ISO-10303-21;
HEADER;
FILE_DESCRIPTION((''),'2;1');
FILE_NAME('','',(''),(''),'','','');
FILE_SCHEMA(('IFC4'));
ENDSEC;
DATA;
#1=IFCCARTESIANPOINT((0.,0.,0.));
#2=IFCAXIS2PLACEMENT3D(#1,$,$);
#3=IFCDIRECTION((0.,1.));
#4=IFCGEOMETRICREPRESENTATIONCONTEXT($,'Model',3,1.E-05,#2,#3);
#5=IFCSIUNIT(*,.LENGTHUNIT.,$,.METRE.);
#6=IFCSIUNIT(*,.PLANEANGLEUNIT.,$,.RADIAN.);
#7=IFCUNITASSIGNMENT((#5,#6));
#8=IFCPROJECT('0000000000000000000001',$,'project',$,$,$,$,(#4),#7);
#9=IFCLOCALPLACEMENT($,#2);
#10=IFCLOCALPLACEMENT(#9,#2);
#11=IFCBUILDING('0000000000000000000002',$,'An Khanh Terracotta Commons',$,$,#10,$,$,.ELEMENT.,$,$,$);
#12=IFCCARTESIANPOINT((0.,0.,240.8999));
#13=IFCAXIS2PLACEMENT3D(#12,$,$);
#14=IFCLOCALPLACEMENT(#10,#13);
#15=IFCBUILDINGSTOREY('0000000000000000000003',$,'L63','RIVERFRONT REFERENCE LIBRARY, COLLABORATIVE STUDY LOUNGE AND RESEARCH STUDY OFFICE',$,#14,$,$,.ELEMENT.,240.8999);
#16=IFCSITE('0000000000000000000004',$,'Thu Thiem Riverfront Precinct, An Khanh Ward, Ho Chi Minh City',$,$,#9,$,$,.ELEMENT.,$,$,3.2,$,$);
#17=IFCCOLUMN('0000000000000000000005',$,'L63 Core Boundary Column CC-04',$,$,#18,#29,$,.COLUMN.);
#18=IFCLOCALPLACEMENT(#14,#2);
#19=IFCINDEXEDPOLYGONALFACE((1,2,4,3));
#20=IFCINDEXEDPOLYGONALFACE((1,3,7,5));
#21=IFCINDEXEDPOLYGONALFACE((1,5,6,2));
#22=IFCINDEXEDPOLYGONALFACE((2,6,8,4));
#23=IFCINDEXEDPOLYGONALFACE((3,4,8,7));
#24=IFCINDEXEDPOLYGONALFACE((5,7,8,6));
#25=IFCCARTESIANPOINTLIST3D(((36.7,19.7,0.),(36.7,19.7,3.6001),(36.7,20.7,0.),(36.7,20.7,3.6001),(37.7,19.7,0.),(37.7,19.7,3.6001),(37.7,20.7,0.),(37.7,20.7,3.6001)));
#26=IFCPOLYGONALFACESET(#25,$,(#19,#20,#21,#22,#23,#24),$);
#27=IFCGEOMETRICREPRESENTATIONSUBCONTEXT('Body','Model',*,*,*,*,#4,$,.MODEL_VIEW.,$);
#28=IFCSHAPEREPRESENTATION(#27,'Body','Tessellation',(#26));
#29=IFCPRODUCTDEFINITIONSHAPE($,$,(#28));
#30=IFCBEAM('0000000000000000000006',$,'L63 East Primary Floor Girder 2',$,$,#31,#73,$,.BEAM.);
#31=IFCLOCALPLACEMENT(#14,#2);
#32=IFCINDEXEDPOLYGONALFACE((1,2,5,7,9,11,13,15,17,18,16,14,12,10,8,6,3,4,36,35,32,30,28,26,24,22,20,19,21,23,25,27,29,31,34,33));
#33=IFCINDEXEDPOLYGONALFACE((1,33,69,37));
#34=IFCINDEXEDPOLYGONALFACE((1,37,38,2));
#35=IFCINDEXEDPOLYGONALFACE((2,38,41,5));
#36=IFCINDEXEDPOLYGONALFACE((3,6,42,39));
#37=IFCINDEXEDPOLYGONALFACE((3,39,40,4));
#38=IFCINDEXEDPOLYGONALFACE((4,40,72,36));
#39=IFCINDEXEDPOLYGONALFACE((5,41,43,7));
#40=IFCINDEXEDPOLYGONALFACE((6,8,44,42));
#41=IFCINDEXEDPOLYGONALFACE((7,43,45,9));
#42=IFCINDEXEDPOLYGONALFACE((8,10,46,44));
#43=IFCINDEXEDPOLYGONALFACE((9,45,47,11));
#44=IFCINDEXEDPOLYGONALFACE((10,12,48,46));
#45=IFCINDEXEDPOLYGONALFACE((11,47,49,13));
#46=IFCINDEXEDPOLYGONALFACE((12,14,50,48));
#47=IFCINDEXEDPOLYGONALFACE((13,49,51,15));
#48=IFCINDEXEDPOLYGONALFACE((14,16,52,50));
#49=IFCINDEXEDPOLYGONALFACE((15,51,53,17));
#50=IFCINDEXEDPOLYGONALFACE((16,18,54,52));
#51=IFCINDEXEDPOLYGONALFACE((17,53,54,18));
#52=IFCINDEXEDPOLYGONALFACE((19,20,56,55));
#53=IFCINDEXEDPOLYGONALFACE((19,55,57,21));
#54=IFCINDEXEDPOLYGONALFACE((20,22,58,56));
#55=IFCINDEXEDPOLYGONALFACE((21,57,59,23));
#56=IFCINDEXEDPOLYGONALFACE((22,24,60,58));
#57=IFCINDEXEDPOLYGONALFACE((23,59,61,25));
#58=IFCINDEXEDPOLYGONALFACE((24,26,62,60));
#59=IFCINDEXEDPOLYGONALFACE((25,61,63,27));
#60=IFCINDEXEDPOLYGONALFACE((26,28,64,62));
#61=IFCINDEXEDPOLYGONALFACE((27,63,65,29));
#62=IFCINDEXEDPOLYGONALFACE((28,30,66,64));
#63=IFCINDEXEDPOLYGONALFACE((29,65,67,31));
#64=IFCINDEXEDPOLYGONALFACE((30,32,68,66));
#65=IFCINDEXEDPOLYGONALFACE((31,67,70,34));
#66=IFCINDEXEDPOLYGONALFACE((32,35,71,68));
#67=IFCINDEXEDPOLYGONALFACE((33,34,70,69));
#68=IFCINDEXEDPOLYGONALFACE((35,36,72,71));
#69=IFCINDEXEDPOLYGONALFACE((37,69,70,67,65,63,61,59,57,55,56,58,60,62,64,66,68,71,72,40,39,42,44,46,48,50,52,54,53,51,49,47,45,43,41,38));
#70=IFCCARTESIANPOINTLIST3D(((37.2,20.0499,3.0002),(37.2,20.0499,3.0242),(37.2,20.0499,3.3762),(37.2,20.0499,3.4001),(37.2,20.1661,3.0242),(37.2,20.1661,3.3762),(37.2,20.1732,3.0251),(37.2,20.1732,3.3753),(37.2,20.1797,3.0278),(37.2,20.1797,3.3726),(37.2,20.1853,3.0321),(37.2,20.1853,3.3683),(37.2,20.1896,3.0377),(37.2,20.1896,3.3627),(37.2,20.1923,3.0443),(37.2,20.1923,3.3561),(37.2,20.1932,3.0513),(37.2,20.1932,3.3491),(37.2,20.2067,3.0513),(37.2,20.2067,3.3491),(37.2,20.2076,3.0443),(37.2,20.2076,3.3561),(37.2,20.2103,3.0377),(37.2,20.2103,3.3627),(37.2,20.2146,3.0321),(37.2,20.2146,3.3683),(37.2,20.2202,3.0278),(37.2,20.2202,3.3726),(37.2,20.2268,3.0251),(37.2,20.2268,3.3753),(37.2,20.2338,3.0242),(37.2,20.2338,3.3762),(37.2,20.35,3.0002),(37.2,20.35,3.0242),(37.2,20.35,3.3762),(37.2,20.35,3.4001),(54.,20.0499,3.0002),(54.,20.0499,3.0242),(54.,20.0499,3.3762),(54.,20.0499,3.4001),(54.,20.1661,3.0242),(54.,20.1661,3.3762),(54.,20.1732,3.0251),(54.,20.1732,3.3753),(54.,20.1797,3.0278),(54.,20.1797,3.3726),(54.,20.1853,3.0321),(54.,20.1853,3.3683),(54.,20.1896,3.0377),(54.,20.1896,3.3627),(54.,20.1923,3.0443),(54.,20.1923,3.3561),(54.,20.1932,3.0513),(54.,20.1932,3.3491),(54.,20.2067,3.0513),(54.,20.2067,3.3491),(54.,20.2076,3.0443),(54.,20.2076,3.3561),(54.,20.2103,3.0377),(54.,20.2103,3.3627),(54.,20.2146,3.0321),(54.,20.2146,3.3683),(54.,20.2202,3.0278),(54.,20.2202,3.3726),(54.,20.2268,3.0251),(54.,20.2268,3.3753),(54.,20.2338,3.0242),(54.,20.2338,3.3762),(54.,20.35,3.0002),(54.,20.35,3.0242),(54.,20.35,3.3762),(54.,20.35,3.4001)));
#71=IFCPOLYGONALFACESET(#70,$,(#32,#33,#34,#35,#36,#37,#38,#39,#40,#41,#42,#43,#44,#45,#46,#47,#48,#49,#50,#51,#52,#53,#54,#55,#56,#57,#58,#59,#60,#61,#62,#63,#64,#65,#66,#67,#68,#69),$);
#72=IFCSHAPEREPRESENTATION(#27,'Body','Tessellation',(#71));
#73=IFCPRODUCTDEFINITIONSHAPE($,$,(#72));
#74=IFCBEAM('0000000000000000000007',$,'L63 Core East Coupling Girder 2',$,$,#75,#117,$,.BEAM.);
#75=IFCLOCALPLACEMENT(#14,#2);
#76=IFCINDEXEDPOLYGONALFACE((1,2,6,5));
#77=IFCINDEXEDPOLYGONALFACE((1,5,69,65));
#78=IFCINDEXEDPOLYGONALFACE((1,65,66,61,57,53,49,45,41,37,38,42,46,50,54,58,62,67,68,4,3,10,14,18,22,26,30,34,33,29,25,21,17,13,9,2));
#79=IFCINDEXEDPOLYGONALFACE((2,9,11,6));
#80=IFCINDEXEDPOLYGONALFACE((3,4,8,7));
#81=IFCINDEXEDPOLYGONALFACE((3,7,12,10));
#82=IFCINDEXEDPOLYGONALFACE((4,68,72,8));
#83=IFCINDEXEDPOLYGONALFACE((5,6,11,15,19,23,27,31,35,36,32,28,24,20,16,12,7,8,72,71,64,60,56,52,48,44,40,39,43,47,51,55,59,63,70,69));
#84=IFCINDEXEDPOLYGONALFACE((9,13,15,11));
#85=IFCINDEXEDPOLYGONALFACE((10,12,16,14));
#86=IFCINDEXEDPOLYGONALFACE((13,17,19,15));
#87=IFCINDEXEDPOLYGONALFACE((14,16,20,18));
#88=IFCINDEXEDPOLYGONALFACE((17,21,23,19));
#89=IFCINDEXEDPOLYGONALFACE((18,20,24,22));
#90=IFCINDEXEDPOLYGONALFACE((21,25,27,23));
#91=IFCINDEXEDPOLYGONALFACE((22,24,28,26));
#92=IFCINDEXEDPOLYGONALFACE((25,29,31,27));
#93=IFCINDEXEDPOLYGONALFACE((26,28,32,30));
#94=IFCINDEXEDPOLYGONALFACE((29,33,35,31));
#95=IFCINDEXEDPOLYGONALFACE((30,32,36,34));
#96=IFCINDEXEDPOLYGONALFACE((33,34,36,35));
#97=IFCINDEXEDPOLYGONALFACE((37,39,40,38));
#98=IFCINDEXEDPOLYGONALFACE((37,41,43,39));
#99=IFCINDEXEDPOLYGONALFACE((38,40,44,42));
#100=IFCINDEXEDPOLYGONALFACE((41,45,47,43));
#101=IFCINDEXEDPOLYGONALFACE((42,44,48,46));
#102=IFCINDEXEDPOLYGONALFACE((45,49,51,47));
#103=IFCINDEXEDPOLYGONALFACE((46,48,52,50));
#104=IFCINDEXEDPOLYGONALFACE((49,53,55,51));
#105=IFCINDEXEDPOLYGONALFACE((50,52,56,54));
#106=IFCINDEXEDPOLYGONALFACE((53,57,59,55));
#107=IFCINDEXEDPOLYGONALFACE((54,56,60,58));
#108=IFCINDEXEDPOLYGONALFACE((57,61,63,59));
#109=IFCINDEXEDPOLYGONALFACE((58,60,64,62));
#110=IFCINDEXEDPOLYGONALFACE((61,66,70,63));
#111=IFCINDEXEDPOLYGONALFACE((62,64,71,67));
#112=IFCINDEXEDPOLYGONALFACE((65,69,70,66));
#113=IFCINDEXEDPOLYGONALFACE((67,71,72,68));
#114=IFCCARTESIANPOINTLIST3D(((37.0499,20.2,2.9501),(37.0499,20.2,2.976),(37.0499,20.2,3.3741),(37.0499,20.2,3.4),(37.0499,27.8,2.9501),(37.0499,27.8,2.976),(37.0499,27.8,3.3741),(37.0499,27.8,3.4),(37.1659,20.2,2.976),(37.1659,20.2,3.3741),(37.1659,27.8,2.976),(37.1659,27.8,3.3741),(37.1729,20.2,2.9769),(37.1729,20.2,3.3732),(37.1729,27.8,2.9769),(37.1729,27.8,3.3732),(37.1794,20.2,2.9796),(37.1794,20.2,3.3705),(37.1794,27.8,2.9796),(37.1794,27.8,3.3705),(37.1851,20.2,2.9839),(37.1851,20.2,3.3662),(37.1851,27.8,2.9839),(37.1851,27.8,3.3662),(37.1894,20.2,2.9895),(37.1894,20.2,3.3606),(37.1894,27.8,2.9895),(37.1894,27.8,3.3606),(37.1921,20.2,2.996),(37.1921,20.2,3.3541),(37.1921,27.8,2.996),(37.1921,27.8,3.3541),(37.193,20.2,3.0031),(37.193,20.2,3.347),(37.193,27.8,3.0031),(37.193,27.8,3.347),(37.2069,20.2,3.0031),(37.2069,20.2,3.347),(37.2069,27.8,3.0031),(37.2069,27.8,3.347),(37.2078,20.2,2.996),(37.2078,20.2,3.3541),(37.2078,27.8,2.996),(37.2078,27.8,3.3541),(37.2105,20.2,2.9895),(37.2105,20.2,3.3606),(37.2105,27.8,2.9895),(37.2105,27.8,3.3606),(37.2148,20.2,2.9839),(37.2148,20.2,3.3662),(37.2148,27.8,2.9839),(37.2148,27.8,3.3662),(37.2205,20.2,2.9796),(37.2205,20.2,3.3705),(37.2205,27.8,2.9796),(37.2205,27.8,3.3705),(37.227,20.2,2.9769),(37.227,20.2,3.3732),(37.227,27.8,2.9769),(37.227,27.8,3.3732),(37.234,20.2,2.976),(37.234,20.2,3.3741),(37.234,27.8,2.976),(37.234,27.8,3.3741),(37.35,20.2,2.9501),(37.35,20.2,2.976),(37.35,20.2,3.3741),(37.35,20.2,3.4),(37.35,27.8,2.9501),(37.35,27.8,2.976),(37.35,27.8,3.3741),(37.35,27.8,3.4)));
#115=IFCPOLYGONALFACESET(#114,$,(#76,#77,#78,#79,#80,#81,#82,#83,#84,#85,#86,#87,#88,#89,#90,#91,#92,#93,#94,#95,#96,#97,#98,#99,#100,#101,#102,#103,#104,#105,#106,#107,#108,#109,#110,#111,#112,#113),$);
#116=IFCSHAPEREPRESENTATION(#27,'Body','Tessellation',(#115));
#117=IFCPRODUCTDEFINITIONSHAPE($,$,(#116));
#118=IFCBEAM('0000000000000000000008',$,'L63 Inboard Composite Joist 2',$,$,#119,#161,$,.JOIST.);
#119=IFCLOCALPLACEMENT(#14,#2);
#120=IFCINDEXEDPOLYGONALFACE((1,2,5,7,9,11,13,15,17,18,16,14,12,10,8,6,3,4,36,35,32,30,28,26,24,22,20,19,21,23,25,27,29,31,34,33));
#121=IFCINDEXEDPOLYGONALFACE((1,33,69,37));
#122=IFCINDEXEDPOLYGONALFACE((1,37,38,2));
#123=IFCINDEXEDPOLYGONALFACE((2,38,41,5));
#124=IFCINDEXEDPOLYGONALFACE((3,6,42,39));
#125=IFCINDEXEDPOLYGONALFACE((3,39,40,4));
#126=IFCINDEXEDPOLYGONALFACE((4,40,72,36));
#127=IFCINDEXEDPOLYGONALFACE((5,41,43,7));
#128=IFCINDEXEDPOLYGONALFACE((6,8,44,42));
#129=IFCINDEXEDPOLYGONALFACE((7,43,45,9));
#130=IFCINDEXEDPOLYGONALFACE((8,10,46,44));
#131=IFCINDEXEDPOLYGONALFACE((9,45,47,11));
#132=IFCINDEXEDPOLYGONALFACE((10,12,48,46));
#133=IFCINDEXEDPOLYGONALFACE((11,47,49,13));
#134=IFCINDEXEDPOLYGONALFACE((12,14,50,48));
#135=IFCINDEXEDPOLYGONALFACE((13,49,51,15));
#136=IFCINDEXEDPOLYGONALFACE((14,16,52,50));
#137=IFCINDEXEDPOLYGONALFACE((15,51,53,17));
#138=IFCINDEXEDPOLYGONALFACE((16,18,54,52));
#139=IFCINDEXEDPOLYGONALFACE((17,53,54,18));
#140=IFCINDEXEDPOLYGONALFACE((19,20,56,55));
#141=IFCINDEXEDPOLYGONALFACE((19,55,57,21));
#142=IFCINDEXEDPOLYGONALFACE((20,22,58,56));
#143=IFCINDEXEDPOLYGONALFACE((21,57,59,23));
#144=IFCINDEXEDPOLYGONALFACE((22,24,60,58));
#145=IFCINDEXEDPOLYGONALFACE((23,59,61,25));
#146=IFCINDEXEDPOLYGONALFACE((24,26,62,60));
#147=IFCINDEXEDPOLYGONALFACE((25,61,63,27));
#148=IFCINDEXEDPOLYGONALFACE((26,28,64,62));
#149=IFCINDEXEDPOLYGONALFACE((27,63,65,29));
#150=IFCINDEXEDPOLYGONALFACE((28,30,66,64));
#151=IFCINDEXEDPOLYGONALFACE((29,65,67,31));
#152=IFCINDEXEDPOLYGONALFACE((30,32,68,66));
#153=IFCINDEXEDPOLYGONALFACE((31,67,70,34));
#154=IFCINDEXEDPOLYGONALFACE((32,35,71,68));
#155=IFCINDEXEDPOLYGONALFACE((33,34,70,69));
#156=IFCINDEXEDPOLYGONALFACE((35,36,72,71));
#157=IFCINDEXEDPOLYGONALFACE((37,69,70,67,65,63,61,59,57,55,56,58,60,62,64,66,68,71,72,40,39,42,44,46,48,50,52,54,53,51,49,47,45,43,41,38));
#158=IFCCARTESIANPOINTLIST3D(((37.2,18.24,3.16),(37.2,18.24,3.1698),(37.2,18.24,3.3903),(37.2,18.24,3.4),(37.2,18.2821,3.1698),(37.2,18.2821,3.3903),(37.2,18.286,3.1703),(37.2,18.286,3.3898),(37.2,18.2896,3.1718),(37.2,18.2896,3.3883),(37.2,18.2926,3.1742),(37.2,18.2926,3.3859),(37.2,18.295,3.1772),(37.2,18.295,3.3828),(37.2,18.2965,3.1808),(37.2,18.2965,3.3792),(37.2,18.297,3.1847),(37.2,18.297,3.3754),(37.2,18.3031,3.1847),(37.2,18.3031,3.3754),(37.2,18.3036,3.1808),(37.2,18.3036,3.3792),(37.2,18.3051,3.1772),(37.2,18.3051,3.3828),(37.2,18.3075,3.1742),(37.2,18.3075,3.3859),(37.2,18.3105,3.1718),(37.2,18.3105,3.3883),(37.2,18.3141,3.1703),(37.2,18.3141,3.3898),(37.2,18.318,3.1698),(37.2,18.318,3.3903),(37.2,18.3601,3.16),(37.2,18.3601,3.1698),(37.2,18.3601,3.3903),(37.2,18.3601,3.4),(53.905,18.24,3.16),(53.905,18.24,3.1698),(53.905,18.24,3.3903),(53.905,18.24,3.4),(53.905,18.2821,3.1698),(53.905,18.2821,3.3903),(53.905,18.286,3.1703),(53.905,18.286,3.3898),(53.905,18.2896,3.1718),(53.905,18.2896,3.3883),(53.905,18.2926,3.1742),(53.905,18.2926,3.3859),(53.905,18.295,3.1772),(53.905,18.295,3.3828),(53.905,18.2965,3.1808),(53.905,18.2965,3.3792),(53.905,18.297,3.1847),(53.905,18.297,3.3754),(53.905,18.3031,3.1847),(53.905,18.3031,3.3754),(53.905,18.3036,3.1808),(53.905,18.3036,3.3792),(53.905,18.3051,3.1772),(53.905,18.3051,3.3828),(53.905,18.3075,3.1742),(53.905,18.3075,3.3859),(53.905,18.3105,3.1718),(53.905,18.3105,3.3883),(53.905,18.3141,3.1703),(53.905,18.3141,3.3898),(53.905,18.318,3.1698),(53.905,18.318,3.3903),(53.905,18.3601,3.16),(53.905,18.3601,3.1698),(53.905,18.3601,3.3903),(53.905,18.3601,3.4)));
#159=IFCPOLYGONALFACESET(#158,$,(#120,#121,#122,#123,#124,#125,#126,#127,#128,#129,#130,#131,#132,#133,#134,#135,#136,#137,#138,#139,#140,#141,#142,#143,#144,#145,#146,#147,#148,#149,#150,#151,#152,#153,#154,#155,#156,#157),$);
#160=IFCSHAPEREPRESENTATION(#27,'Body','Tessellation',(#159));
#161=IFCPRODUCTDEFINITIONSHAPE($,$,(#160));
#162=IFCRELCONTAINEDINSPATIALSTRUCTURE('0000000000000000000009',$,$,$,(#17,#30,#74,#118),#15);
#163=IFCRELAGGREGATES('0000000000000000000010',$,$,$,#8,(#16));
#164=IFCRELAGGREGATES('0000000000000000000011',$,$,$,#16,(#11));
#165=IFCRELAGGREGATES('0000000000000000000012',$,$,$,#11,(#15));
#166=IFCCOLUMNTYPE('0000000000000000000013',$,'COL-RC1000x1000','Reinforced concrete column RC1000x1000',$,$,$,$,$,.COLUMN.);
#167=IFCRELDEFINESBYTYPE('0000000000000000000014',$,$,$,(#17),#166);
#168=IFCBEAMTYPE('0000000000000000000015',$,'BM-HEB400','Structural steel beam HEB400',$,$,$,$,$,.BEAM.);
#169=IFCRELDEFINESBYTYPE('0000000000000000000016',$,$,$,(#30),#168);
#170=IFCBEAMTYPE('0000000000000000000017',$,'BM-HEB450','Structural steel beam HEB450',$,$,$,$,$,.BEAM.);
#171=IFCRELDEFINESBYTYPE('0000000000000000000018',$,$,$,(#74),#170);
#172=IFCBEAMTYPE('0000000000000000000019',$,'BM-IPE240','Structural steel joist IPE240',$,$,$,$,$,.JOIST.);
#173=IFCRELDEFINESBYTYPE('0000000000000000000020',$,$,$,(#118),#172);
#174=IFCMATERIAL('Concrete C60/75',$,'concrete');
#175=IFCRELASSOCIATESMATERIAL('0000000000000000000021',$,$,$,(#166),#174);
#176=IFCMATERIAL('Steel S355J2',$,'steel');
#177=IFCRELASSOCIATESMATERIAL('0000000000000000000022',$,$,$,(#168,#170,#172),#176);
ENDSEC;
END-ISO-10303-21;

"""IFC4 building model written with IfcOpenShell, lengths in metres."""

from ifc_helpers import new_model, si_unit, direction, frame, origin, origin_2d, place, context, subcontext, project, spatial, rectangle, i_section, extrude, material, material_profile, profile_set, type_object, element, save


model = new_model("IFC4")

# Units and contexts
model_context = context("Model", 3, precision=1e-05, world=origin(), true_north=direction((0.0, 1.0)))
body_context = subcontext(model_context, "Body", "Model", "MODEL_VIEW")
ifc_project = project(units=[si_unit("LENGTHUNIT", "METRE"), si_unit("PLANEANGLEUNIT", "RADIAN")], contexts=[model_context])

# Site, building, storey
site_placement = place(None, origin())
site = spatial("IfcSite", under=ifc_project, at=site_placement, Name="Thu Thiem Riverfront Precinct, An Khanh Ward, Ho Chi Minh City", CompositionType="ELEMENT", RefElevation=3.2)
building_placement = place(site_placement, origin())
building = spatial("IfcBuilding", under=site, at=building_placement, Name="An Khanh Terracotta Commons", CompositionType="ELEMENT")
storey_placement = place(building_placement, frame((0.0, 0.0, 240.8999)))
storey = spatial("IfcBuildingStorey", under=building, at=storey_placement, Name="L63", Description="RIVERFRONT REFERENCE LIBRARY, COLLABORATIVE STUDY LOUNGE AND RESEARCH STUDY OFFICE", CompositionType="ELEMENT", Elevation=240.8999)

# Column
ifc_material_1 = material(Name="Concrete C60/75", Category="concrete")
ifc_material_profile_1 = material_profile(ifc_material_1, rectangle(XDim=1.0, YDim=1.0, at=origin_2d()), Name="RC1000x1000")
ifc_profile_set_1 = profile_set([ifc_material_profile_1], Name="Concrete C60/75")
column_type = type_object("IfcColumnType", Name="COL-RC1000x1000", Description="Reinforced concrete column RC1000x1000", PredefinedType="COLUMN", material=ifc_profile_set_1)
column_placement = place(storey_placement, frame((37.2, 20.2, 0.0), z_axis=(0.0, 0.0, 1.0), x_axis=(1.0, 0.0, 0.0)))
element("IfcColumn", 1, at=column_placement, inside=storey, type_object=column_type, Name="L63 Core Boundary Column CC-04", PredefinedType="COLUMN", context=body_context, shape_type="SweptSolid", body=[
    extrude(rectangle(XDim=1.0, YDim=1.0, at=origin_2d()), origin(), (0.0, 0.0, 1.0), 3.6001),
])

# Beams
ifc_material_2 = material(Name="Steel S355J2", Category="steel")
ifc_material_profile_2 = material_profile(ifc_material_2, i_section(OverallWidth=0.3, OverallDepth=0.3999, WebThickness=0.0134, FlangeThickness=0.0239, FilletRadius=0.0271, at=origin_2d()), Name="HEB400")
ifc_profile_set_2 = profile_set([ifc_material_profile_2], Name="Steel S355J2")
beam_type_1 = type_object("IfcBeamType", Name="BM-HEB400", Description="Structural steel beam HEB400", PredefinedType="BEAM", material=ifc_profile_set_2)
beam_1_placement = place(storey_placement, frame((37.2, 20.2, 3.2002), z_axis=(1.0, 0.0, 0.0), x_axis=(0.0, 1.0, 0.0)))
element("IfcBeam", 2, at=beam_1_placement, inside=storey, type_object=beam_type_1, Name="L63 East Primary Floor Girder 2", PredefinedType="BEAM", context=body_context, shape_type="SweptSolid", body=[
    extrude(i_section(OverallWidth=0.3, OverallDepth=0.3999, WebThickness=0.0134, FlangeThickness=0.0239, FilletRadius=0.0271, at=origin_2d()), origin(), (0.0, 0.0, 1.0), 16.8),
])
ifc_material_profile_3 = material_profile(ifc_material_2, i_section(OverallWidth=0.3, OverallDepth=0.45, WebThickness=0.0139, FlangeThickness=0.0259, FilletRadius=0.0271, at=origin_2d()), Name="HEB450")
ifc_profile_set_3 = profile_set([ifc_material_profile_3], Name="Steel S355J2")
beam_type_2 = type_object("IfcBeamType", Name="BM-HEB450", Description="Structural steel beam HEB450", PredefinedType="BEAM", material=ifc_profile_set_3)
beam_2_placement = place(storey_placement, frame((37.2, 20.2, 3.175), z_axis=(0.0, 1.0, 0.0), x_axis=(-1.0, 0.0, 0.0)))
element("IfcBeam", 3, at=beam_2_placement, inside=storey, type_object=beam_type_2, Name="L63 Core East Coupling Girder 2", PredefinedType="BEAM", context=body_context, shape_type="SweptSolid", body=[
    extrude(i_section(OverallWidth=0.3, OverallDepth=0.45, WebThickness=0.0139, FlangeThickness=0.0259, FilletRadius=0.0271, at=origin_2d()), origin(), (0.0, 0.0, 1.0), 7.6001),
])
ifc_material_profile_4 = material_profile(ifc_material_2, i_section(OverallWidth=0.1201, OverallDepth=0.24, WebThickness=0.0061, FlangeThickness=0.0098, FilletRadius=0.0149, at=origin_2d()), Name="IPE240")
ifc_profile_set_4 = profile_set([ifc_material_profile_4], Name="Steel S355J2")
beam_type_3 = type_object("IfcBeamType", Name="BM-IPE240", Description="Structural steel joist IPE240", PredefinedType="JOIST", material=ifc_profile_set_4)
for number, where, z_axis, x_axis, name in (
    (4, (37.2, 18.3, 3.28), (1.0, 0.0, 0.0), (0.0, 1.0, 0.0), "L63 Inboard Composite Joist 2"),
):
    element("IfcBeam", number, at=place(storey_placement, frame(where, z_axis=z_axis, x_axis=x_axis)), inside=storey, type_object=beam_type_3, Name=name, PredefinedType="JOIST", context=body_context, shape_type="SweptSolid", body=[
        extrude(i_section(OverallWidth=0.1201, OverallDepth=0.24, WebThickness=0.0061, FlangeThickness=0.0098, FilletRadius=0.0149, at=origin_2d()), origin(), (0.0, 0.0, 1.0), 16.7051),
    ])

save(model, "model.ifc")
